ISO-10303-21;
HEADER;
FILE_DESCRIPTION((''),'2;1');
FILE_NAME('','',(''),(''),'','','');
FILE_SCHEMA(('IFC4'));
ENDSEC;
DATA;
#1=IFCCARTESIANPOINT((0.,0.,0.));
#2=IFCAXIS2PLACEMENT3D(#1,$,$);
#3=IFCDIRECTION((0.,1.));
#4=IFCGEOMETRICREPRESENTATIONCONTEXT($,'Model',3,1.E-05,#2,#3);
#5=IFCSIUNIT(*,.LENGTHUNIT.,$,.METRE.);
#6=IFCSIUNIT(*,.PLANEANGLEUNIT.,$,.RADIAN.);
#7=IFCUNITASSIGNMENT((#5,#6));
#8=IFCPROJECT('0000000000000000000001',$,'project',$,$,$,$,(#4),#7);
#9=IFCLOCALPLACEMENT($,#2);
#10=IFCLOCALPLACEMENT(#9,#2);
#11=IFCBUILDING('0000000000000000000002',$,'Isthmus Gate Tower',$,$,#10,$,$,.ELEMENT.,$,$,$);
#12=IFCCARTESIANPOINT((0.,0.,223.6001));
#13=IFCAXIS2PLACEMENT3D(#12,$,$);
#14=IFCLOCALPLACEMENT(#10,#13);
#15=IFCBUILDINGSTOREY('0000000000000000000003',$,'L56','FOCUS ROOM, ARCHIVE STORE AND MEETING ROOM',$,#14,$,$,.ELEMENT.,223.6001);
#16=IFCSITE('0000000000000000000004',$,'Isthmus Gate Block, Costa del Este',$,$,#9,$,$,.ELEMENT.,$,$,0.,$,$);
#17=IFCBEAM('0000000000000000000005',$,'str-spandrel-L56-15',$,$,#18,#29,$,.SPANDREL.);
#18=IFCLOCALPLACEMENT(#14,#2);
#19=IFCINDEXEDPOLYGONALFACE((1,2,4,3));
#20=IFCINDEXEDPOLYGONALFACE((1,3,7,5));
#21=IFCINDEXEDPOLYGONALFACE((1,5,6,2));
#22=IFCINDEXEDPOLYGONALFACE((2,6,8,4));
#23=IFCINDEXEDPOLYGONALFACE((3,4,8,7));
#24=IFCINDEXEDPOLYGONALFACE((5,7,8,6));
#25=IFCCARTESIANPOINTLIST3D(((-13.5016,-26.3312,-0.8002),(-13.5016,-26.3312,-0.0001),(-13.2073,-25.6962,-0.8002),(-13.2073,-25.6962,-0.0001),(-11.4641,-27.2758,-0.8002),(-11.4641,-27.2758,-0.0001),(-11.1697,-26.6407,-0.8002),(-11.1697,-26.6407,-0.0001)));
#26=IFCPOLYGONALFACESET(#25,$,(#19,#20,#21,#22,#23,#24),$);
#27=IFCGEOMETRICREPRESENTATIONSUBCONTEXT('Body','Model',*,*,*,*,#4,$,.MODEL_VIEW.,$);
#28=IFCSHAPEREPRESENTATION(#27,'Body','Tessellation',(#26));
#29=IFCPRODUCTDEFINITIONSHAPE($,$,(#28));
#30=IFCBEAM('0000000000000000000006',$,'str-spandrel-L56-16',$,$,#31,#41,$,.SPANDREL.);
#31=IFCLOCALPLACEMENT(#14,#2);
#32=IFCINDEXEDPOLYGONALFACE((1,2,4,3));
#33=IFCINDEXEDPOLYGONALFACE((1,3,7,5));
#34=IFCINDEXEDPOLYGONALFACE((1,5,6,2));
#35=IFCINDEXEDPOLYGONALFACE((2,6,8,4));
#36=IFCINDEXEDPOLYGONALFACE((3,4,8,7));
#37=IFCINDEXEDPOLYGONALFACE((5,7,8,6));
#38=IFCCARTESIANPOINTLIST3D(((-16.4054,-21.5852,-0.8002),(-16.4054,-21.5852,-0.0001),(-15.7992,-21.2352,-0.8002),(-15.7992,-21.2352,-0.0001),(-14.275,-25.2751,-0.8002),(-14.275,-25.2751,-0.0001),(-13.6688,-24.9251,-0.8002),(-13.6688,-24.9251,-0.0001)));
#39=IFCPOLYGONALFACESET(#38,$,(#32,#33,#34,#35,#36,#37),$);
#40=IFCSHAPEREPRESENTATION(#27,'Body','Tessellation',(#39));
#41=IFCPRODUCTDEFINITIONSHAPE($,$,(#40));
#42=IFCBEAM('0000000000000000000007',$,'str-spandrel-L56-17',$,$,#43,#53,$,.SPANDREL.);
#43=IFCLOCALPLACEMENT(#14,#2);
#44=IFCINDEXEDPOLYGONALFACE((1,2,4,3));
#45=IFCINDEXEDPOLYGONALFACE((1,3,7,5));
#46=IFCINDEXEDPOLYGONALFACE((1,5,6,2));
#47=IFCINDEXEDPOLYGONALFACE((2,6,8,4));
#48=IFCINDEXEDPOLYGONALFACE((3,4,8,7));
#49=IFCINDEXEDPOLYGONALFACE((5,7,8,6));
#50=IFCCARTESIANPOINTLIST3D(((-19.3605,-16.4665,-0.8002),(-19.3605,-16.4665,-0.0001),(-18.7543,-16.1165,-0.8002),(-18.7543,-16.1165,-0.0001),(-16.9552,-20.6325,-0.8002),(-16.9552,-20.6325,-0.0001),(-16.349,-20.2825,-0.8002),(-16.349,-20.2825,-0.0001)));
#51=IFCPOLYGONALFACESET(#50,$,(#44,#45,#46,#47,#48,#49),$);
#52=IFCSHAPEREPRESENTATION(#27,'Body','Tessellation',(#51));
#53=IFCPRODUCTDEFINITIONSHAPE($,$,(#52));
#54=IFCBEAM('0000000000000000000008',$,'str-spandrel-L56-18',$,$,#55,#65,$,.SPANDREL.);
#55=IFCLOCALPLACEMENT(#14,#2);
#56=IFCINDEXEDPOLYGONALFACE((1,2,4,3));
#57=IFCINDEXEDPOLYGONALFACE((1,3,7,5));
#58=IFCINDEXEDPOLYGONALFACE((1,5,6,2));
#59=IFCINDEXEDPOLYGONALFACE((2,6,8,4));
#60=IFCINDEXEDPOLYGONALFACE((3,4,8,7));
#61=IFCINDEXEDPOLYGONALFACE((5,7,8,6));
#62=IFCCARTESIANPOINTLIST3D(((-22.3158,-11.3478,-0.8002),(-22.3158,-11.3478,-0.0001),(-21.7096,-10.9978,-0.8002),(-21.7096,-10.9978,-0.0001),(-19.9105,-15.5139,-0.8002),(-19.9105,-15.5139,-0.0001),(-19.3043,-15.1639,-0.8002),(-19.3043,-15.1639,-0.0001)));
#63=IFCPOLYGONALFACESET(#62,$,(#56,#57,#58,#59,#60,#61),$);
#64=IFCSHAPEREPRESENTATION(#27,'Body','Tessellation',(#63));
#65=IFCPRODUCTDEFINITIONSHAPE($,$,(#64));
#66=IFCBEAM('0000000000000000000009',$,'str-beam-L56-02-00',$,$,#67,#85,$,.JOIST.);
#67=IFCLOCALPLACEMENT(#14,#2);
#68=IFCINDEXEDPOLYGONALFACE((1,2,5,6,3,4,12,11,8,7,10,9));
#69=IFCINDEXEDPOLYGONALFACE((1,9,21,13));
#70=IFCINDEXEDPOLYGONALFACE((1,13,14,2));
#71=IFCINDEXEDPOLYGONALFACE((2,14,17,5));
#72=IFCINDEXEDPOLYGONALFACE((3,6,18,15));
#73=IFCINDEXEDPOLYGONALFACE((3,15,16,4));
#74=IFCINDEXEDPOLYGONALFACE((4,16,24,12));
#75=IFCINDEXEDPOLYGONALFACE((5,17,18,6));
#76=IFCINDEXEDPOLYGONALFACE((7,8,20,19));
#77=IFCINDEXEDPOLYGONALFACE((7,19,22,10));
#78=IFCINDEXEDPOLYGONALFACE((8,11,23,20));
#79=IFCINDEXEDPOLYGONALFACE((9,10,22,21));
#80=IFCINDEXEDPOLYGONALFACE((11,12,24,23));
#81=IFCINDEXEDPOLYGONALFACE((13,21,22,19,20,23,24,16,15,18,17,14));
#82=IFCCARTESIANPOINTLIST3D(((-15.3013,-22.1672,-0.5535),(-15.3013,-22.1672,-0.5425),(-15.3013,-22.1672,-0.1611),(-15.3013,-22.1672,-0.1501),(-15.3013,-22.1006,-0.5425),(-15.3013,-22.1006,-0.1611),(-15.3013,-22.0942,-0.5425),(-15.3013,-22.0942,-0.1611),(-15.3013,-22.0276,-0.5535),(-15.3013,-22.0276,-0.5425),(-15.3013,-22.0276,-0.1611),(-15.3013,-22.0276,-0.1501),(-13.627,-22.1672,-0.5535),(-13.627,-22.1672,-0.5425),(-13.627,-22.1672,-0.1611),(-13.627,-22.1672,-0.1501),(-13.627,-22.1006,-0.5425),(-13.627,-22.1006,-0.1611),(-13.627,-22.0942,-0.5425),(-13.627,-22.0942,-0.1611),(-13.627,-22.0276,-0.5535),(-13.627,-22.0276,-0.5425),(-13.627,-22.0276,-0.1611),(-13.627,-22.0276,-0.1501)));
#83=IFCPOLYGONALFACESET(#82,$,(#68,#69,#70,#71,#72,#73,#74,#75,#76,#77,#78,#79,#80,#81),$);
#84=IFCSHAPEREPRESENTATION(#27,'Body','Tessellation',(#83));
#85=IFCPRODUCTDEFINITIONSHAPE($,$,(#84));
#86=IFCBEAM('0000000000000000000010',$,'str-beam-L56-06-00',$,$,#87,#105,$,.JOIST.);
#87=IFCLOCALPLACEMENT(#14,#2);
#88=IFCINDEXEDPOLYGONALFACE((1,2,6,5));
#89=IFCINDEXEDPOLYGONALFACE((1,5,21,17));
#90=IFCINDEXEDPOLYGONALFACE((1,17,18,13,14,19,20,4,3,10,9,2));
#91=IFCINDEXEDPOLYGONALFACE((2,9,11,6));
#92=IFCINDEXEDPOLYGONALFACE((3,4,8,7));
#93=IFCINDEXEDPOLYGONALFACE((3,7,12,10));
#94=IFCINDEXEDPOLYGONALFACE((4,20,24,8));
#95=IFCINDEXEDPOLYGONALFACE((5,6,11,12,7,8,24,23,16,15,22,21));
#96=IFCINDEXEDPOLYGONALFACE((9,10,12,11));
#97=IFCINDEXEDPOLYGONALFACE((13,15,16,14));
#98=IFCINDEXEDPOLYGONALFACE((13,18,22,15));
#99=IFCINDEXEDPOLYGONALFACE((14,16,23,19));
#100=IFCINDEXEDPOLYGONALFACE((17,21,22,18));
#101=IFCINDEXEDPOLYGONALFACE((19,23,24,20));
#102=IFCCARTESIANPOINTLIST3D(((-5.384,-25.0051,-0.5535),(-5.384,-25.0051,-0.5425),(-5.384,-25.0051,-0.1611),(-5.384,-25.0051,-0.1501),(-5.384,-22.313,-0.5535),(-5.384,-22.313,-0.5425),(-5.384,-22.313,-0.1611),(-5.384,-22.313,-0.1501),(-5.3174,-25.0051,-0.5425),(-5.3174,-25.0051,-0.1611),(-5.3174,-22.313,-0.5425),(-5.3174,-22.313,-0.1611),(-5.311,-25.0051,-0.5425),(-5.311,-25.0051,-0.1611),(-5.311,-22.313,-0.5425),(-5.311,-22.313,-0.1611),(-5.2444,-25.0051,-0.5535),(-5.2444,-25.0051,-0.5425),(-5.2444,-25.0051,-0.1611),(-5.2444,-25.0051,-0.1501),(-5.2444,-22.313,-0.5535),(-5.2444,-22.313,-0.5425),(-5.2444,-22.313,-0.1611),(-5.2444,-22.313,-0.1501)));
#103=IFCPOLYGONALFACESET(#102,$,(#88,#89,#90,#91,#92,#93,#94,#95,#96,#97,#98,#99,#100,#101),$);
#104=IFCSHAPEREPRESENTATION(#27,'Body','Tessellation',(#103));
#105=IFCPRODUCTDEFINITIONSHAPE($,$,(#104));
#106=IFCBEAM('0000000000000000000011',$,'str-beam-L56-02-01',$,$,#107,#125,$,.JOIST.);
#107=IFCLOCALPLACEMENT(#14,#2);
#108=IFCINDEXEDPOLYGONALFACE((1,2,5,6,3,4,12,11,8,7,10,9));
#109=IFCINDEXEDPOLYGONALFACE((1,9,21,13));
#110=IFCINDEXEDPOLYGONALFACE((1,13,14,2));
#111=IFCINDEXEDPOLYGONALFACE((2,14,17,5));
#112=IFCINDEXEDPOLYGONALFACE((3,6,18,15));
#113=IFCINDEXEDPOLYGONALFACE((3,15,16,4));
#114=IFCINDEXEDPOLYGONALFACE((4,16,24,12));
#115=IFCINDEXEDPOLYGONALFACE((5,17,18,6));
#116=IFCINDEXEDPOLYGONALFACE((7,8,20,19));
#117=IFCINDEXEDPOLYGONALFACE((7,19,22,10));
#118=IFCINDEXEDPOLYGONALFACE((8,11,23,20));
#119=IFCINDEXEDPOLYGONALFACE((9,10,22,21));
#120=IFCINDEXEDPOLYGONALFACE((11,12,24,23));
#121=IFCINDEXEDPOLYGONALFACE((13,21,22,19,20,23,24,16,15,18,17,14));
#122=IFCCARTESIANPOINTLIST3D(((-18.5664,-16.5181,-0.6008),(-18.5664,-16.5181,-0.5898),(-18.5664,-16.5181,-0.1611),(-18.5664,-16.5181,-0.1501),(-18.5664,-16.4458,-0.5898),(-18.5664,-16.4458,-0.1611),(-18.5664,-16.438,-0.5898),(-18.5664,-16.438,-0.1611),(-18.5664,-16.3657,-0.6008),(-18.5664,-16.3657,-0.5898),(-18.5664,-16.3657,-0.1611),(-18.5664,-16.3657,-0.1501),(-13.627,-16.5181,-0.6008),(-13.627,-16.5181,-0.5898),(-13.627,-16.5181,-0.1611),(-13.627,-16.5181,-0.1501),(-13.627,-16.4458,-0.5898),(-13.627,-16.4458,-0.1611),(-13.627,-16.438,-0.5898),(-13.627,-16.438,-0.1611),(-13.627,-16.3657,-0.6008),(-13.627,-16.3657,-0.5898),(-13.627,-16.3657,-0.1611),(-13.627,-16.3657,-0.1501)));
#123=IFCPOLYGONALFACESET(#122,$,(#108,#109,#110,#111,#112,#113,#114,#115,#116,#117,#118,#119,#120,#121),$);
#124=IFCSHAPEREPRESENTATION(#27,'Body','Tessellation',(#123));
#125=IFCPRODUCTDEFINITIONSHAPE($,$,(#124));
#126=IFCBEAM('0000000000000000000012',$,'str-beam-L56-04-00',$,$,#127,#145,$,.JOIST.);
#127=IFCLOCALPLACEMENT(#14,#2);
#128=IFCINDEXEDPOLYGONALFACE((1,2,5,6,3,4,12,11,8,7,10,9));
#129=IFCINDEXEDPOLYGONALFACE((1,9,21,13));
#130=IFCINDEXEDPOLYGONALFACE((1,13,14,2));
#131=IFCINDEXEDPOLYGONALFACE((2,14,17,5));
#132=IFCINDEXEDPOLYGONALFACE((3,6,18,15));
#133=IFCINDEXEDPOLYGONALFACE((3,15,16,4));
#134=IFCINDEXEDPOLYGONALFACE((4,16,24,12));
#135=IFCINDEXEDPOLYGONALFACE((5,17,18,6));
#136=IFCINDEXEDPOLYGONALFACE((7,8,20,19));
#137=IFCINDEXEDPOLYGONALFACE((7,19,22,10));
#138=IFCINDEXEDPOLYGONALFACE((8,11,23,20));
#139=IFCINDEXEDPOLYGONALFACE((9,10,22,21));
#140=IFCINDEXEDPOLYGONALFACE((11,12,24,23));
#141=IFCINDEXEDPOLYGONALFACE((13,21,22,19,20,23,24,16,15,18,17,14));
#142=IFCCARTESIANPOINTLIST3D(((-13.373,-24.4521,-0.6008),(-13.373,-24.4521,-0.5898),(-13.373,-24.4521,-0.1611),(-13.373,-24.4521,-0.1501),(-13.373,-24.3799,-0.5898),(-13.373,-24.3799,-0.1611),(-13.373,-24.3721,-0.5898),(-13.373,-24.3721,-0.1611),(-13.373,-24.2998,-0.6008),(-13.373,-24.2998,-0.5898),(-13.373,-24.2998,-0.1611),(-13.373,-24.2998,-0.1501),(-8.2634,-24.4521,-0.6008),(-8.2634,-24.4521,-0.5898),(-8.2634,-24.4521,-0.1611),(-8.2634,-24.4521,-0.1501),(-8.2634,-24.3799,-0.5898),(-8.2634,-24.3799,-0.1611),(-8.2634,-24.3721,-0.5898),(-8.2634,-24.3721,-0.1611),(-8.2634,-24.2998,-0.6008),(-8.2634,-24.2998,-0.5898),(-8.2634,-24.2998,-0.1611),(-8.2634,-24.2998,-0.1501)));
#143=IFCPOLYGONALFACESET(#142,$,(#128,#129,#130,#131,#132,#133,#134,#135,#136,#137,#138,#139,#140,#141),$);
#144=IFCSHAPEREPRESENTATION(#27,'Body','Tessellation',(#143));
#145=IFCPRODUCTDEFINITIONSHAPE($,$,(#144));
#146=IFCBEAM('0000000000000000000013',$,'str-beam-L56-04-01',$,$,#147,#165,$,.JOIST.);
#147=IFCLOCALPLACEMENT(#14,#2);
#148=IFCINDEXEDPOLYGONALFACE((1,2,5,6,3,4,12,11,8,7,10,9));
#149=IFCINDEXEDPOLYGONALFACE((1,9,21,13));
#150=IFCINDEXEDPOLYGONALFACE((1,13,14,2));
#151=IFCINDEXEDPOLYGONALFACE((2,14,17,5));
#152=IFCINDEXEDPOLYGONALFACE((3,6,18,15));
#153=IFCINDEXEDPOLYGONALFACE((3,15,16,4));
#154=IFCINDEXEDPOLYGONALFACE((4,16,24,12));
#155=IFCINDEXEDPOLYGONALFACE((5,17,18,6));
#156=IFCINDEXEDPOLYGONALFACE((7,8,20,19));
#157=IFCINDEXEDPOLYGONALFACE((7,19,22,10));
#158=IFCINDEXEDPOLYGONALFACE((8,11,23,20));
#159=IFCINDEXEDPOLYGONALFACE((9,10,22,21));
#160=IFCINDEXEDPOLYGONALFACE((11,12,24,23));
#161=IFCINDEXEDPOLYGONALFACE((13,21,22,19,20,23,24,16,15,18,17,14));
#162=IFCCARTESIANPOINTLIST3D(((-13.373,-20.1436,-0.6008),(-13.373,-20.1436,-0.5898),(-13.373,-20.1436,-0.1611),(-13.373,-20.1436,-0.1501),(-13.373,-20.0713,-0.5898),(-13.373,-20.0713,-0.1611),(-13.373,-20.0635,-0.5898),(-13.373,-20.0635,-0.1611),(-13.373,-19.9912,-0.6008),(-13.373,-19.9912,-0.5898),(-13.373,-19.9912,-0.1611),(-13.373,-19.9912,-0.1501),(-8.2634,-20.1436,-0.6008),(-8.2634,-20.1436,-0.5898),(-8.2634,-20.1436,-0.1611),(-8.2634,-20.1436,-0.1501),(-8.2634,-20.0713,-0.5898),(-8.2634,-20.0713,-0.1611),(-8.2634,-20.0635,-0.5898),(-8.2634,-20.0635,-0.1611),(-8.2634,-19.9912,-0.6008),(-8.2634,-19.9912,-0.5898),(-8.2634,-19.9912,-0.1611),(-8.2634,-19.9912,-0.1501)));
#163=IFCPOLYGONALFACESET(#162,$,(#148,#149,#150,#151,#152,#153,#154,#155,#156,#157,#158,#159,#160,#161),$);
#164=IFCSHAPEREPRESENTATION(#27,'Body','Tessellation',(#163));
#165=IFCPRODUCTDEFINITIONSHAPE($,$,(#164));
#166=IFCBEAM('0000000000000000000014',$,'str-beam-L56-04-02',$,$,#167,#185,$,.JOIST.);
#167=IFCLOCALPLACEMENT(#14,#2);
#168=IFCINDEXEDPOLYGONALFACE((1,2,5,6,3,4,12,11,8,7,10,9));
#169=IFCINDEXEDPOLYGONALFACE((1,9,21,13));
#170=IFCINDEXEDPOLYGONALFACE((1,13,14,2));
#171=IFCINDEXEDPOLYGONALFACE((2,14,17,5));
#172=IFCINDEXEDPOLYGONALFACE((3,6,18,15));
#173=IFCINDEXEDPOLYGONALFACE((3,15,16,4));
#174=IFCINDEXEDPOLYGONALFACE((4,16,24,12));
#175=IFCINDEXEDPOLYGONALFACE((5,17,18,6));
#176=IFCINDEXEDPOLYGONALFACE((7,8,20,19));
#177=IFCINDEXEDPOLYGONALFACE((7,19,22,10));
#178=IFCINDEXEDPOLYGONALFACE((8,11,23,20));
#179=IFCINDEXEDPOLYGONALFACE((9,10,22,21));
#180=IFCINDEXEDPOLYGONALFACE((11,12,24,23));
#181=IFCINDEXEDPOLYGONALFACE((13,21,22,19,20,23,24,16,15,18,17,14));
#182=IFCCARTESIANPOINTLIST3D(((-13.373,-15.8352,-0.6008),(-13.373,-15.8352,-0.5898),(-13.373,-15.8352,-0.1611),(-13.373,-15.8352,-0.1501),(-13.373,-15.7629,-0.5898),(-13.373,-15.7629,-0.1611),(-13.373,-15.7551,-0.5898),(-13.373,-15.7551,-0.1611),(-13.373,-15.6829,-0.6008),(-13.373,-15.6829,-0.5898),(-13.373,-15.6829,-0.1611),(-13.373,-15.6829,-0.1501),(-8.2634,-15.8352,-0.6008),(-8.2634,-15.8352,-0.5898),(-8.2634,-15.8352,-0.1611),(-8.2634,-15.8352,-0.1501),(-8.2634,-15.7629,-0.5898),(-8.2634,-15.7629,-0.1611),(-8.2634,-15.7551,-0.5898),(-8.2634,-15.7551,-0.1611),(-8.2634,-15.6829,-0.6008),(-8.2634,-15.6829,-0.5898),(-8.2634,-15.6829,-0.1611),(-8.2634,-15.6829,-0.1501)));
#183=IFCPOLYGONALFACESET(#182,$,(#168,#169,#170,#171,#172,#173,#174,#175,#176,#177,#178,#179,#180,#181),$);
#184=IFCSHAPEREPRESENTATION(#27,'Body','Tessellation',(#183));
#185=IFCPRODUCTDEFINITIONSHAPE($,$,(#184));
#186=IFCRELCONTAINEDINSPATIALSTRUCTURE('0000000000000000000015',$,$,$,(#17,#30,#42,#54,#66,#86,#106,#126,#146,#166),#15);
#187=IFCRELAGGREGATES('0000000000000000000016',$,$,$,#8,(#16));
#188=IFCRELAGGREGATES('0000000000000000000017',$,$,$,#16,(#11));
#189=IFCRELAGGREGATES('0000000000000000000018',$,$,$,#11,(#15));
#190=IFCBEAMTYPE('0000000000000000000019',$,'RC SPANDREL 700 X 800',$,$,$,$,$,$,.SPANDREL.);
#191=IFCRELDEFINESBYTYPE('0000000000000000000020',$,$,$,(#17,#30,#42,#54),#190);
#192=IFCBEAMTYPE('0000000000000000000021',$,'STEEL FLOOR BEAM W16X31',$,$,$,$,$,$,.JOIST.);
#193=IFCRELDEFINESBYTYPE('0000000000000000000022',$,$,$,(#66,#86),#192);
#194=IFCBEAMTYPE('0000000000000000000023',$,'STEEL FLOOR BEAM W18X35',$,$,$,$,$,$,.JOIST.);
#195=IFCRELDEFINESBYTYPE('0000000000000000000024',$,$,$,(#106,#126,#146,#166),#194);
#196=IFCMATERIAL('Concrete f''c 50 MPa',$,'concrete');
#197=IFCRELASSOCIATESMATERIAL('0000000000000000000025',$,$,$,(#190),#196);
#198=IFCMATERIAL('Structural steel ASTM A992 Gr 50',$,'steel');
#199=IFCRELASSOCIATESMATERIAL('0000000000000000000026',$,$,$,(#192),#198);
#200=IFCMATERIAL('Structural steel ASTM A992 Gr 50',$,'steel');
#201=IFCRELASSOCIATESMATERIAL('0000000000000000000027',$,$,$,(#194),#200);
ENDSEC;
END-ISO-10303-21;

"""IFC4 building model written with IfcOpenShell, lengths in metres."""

from ifc_helpers import new_model, si_unit, direction, frame, origin, origin_2d, place, context, subcontext, project, spatial, rectangle, i_section, extrude, material, material_profile, profile_set, type_object, element, save


model = new_model("IFC4")

# Units and contexts
model_context = context("Model", 3, precision=1e-05, world=origin(), true_north=direction((0.0, 1.0)))
body_context = subcontext(model_context, "Body", "Model", "MODEL_VIEW")
ifc_project = project(units=[si_unit("LENGTHUNIT", "METRE"), si_unit("PLANEANGLEUNIT", "RADIAN")], contexts=[model_context])

# Site, building, storey
site_placement = place(None, origin())
site = spatial("IfcSite", under=ifc_project, at=site_placement, Name="Isthmus Gate Block, Costa del Este", CompositionType="ELEMENT", RefElevation=0.0)
building_placement = place(site_placement, origin())
building = spatial("IfcBuilding", under=site, at=building_placement, Name="Isthmus Gate Tower", CompositionType="ELEMENT")
storey_placement = place(building_placement, frame((0.0, 0.0, 223.6001)))
storey = spatial("IfcBuildingStorey", under=building, at=storey_placement, Name="L56", Description="FOCUS ROOM, ARCHIVE STORE AND MEETING ROOM", CompositionType="ELEMENT", Elevation=223.6001)

# Beams
ifc_material_1 = material(Name="Concrete f'c 50 MPa", Category="concrete")
ifc_material_profile_1 = material_profile(ifc_material_1, rectangle(XDim=0.7, YDim=0.8, at=origin_2d()), Name="RC 700X800")
ifc_profile_set_1 = profile_set([ifc_material_profile_1], Name="Concrete f'c 50 MPa")
beam_type_1 = type_object("IfcBeamType", Name="RC SPANDREL 700 X 800", PredefinedType="SPANDREL", material=ifc_profile_set_1)
beam_1_placement = place(storey_placement, frame((-11.3169, -26.9583, -0.4001), z_axis=(-0.907255, 0.420581, 0.0), x_axis=(-0.420581, -0.907255, 0.0)))
element("IfcBeam", 1, at=beam_1_placement, inside=storey, type_object=beam_type_1, Name="str-spandrel-L56-15", PredefinedType="SPANDREL", context=body_context, shape_type="SweptSolid", body=[
    extrude(rectangle(XDim=0.7, YDim=0.8, at=origin_2d()), origin(), (0.0, 0.0, 1.0), 2.2458),
])
beam_2_placement = place(storey_placement, frame((-13.9719, -25.1001, -0.4001), z_axis=(-0.499997, 0.866027, 0.0), x_axis=(-0.866027, -0.499997, 0.0)))
element("IfcBeam", 2, at=beam_2_placement, inside=storey, type_object=beam_type_1, Name="str-spandrel-L56-16", PredefinedType="SPANDREL", context=body_context, shape_type="SweptSolid", body=[
    extrude(rectangle(XDim=0.7, YDim=0.8, at=origin_2d()), origin(), (0.0, 0.0, 1.0), 4.2607),
])
for number, where, z_axis, x_axis, name in (
    (3, (-16.6521, -20.4575, -0.4001), (-0.500004, 0.866023, 0.0), (-0.866023, -0.500004, 0.0), "str-spandrel-L56-17"),
    (4, (-19.6074, -15.3389, -0.4001), (-0.500004, 0.866023, 0.0), (-0.866023, -0.500004, 0.0), "str-spandrel-L56-18"),
):
    element("IfcBeam", number, at=place(storey_placement, frame(where, z_axis=z_axis, x_axis=x_axis)), inside=storey, type_object=beam_type_1, Name=name, PredefinedType="SPANDREL", context=body_context, shape_type="SweptSolid", body=[
        extrude(rectangle(XDim=0.7, YDim=0.8, at=origin_2d()), origin(), (0.0, 0.0, 1.0), 4.8105),
    ])
ifc_material_2 = material(Name="Structural steel ASTM A992 Gr 50", Category="steel")
ifc_material_profile_2 = material_profile(ifc_material_2, i_section(OverallWidth=0.1396, OverallDepth=0.4033, WebThickness=0.0063, FlangeThickness=0.011, at=origin_2d()), Name="W16X31")
ifc_profile_set_2 = profile_set([ifc_material_profile_2], Name="Structural steel ASTM A992 Gr 50")
beam_type_2 = type_object("IfcBeamType", Name="STEEL FLOOR BEAM W16X31", PredefinedType="JOIST", material=ifc_profile_set_2)
beam_3_placement = place(storey_placement, frame((-15.3013, -22.0974, -0.3518), z_axis=(1.0, 0.0, 0.0), x_axis=(0.0, 1.0, 0.0)))
element("IfcBeam", 5, at=beam_3_placement, inside=storey, type_object=beam_type_2, Name="str-beam-L56-02-00", PredefinedType="JOIST", context=body_context, shape_type="SweptSolid", body=[
    extrude(i_section(OverallWidth=0.1396, OverallDepth=0.4033, WebThickness=0.0063, FlangeThickness=0.011, at=origin_2d()), origin(), (0.0, 0.0, 1.0), 1.6743),
])
beam_4_placement = place(storey_placement, frame((-5.3142, -25.0051, -0.3518), z_axis=(0.0, 1.0, 0.0), x_axis=(-1.0, 0.0, 0.0)))
element("IfcBeam", 6, at=beam_4_placement, inside=storey, type_object=beam_type_2, Name="str-beam-L56-06-00", PredefinedType="JOIST", context=body_context, shape_type="SweptSolid", body=[
    extrude(i_section(OverallWidth=0.1396, OverallDepth=0.4033, WebThickness=0.0063, FlangeThickness=0.011, at=origin_2d()), origin(), (0.0, 0.0, 1.0), 2.6921),
])
ifc_material_3 = material(Name="Structural steel ASTM A992 Gr 50", Category="steel")
ifc_material_profile_3 = material_profile(ifc_material_3, i_section(OverallWidth=0.1523, OverallDepth=0.4507, WebThickness=0.0078, FlangeThickness=0.011, at=origin_2d()), Name="W18X35")
ifc_profile_set_3 = profile_set([ifc_material_profile_3], Name="Structural steel ASTM A992 Gr 50")
beam_type_3 = type_object("IfcBeamType", Name="STEEL FLOOR BEAM W18X35", PredefinedType="JOIST", material=ifc_profile_set_3)
beam_5_placement = place(storey_placement, frame((-18.5664, -16.4419, -0.3755), z_axis=(1.0, 0.0, 0.0), x_axis=(0.0, 1.0, 0.0)))
element("IfcBeam", 7, at=beam_5_placement, inside=storey, type_object=beam_type_3, Name="str-beam-L56-02-01", PredefinedType="JOIST", context=body_context, shape_type="SweptSolid", body=[
    extrude(i_section(OverallWidth=0.1523, OverallDepth=0.4507, WebThickness=0.0078, FlangeThickness=0.011, at=origin_2d()), origin(), (0.0, 0.0, 1.0), 4.9395),
])
for number, where, z_axis, x_axis, name in (
    (8, (-13.373, -24.376, -0.3755), (1.0, 0.0, 0.0), (0.0, 1.0, 0.0), "str-beam-L56-04-00"),
    (9, (-13.373, -20.0674, -0.3755), (1.0, 0.0, 0.0), (0.0, 1.0, 0.0), "str-beam-L56-04-01"),
    (10, (-13.373, -15.759, -0.3755), (1.0, 0.0, 0.0), (0.0, 1.0, 0.0), "str-beam-L56-04-02"),
):
    element("IfcBeam", number, at=place(storey_placement, frame(where, z_axis=z_axis, x_axis=x_axis)), inside=storey, type_object=beam_type_3, Name=name, PredefinedType="JOIST", context=body_context, shape_type="SweptSolid", body=[
        extrude(i_section(OverallWidth=0.1523, OverallDepth=0.4507, WebThickness=0.0078, FlangeThickness=0.011, at=origin_2d()), origin(), (0.0, 0.0, 1.0), 5.1096),
    ])

save(model, "model.ifc")
